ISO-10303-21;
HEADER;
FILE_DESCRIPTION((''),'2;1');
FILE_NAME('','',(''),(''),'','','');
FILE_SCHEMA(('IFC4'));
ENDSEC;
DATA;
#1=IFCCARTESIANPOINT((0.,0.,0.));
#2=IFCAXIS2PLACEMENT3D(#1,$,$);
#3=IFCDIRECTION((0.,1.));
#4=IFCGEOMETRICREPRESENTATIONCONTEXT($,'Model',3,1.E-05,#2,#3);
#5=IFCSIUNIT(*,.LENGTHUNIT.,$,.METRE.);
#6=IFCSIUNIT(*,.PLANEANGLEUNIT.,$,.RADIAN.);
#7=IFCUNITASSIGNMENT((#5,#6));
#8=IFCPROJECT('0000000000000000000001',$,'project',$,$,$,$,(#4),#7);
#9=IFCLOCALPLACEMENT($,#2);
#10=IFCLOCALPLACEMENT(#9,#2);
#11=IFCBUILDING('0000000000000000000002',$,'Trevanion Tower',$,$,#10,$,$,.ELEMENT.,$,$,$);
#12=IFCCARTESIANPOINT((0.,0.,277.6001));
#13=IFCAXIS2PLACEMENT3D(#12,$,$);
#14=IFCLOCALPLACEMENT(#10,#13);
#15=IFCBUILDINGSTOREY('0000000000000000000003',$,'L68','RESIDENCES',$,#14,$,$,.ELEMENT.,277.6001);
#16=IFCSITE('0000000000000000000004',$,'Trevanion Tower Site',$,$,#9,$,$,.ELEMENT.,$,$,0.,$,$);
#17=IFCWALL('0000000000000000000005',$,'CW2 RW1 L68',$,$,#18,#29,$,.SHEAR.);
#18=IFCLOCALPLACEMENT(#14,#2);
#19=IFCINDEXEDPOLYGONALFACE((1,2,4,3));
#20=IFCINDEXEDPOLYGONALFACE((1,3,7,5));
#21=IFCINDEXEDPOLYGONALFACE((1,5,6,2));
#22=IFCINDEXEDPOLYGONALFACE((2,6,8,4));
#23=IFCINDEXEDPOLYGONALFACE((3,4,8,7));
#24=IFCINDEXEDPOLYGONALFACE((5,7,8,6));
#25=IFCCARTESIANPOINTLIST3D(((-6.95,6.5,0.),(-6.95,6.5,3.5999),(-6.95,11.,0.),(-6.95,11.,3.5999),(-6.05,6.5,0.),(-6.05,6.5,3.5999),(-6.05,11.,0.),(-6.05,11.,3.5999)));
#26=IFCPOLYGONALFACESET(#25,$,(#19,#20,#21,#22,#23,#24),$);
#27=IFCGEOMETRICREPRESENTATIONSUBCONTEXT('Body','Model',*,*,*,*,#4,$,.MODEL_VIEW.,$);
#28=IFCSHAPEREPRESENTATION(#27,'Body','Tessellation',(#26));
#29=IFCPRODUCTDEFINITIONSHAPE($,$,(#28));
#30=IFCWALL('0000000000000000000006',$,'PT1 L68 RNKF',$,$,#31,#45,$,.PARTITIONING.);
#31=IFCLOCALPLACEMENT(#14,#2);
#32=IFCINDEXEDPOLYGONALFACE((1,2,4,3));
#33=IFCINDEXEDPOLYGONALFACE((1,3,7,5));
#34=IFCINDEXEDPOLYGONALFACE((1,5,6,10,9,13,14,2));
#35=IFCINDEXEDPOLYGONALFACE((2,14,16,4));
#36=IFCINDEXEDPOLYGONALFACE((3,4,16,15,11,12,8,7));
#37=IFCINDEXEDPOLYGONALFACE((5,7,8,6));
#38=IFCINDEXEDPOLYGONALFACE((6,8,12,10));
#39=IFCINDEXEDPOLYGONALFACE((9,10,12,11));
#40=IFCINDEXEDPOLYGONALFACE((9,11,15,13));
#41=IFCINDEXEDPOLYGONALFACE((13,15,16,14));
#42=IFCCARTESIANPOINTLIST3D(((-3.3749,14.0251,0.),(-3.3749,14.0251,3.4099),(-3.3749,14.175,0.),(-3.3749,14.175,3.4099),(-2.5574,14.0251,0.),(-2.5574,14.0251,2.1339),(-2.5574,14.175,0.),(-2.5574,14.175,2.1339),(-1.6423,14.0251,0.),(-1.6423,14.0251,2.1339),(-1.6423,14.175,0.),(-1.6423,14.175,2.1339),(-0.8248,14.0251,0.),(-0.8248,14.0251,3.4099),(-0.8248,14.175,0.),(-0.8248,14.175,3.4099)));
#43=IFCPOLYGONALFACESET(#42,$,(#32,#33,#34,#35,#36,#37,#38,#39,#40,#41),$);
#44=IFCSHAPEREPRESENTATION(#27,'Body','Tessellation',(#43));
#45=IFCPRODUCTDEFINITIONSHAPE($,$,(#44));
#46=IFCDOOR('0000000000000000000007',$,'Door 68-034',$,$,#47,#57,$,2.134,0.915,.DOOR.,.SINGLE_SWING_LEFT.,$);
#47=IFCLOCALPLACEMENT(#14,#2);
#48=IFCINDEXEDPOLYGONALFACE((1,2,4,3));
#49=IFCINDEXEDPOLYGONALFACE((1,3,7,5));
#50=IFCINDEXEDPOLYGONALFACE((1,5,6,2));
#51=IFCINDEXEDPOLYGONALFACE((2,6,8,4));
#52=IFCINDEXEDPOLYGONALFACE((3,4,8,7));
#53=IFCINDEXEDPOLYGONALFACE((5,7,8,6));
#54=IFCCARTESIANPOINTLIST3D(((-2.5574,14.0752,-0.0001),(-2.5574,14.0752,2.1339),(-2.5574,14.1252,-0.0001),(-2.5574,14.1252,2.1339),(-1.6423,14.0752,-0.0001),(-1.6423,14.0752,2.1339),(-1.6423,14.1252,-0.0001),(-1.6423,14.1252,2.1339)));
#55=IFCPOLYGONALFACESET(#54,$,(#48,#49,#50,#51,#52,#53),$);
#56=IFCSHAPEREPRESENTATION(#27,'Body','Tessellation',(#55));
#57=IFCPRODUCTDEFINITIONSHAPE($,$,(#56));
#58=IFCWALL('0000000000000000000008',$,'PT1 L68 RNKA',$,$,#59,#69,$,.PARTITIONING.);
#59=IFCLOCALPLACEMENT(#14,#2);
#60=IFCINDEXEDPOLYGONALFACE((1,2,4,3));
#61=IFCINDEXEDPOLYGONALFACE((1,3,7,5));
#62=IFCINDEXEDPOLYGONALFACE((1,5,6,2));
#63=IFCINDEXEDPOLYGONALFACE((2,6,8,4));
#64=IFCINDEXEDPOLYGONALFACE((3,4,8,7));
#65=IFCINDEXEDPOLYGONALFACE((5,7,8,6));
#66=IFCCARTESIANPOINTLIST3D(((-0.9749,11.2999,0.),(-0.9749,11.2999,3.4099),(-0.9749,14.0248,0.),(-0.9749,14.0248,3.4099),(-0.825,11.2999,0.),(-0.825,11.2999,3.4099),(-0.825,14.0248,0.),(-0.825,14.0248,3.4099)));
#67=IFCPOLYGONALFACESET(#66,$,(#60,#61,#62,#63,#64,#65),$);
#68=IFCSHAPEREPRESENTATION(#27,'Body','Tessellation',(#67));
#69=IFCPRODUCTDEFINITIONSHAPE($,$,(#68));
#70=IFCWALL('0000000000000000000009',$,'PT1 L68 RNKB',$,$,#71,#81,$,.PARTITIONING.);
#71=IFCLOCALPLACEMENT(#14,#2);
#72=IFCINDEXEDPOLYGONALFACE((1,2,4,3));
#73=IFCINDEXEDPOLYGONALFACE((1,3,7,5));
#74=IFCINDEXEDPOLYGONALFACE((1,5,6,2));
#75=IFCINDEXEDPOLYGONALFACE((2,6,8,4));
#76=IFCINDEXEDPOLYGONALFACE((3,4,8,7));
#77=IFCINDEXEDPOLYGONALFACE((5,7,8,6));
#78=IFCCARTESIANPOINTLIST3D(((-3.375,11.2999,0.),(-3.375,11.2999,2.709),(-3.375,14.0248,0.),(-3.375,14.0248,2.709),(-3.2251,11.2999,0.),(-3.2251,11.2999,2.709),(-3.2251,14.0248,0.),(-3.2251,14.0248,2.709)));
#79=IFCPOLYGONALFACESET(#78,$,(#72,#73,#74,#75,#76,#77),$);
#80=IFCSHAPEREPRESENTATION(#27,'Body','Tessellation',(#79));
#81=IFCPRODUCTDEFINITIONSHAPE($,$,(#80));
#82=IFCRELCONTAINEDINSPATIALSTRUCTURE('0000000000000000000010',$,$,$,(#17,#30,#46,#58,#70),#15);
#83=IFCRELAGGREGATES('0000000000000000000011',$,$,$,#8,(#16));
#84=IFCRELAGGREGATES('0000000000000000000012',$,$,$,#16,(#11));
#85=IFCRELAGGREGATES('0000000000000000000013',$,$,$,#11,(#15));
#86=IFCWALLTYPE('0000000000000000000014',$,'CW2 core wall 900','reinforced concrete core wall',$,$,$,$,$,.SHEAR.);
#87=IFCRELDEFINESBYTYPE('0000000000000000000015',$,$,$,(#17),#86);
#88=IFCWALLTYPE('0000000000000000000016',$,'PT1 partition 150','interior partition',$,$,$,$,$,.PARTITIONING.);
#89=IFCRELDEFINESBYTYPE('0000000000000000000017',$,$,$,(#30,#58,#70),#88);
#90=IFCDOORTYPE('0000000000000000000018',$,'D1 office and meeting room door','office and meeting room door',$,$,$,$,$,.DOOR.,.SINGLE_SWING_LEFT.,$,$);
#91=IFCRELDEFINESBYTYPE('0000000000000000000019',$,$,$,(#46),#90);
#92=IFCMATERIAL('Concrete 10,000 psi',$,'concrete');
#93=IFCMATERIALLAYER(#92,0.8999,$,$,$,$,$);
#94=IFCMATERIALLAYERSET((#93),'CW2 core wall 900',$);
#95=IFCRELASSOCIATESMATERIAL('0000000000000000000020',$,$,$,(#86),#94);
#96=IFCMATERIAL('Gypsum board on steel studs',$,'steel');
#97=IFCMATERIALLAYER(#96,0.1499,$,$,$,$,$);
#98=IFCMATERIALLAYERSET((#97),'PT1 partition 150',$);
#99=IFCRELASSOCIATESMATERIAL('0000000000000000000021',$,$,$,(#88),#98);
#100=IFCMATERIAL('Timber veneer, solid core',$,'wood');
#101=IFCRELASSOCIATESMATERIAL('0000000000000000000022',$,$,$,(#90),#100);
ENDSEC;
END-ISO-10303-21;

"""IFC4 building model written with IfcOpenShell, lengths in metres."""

from ifc_helpers import new_model, si_unit, direction, frame, frame_2d, origin, place, context, subcontext, project, spatial, rectangle, extrude, material, layer, layer_set, type_object, element, fill, save


model = new_model("IFC4")

# Units and contexts
model_context = context("Model", 3, precision=1e-05, world=origin(), true_north=direction((0.0, 1.0)))
body_context = subcontext(model_context, "Body", "Model", "MODEL_VIEW")
ifc_project = project(units=[si_unit("LENGTHUNIT", "METRE"), si_unit("PLANEANGLEUNIT", "RADIAN")], contexts=[model_context])

# Site, building, storey
site_placement = place(None, origin())
site = spatial("IfcSite", under=ifc_project, at=site_placement, Name="Trevanion Tower Site", CompositionType="ELEMENT", RefElevation=0.0)
building_placement = place(site_placement, origin())
building = spatial("IfcBuilding", under=site, at=building_placement, Name="Trevanion Tower", CompositionType="ELEMENT")
storey_placement = place(building_placement, frame((0.0, 0.0, 277.6001)))
storey = spatial("IfcBuildingStorey", under=building, at=storey_placement, Name="L68", Description="RESIDENCES", CompositionType="ELEMENT", Elevation=277.6001)

# Wall
ifc_material_1 = material(Name="Concrete 10,000 psi", Category="concrete")
ifc_layer_1 = layer(ifc_material_1, 0.8999)
ifc_layer_set_1 = layer_set([ifc_layer_1], Name="CW2 core wall 900")
wall_type_1 = type_object("IfcWallType", Name="CW2 core wall 900", Description="reinforced concrete core wall", PredefinedType="SHEAR", material=ifc_layer_set_1)
wall_1_placement = place(storey_placement, frame((-6.5, 11.0, 0.0), z_axis=(0.0, 0.0, 1.0), x_axis=(0.0, -1.0, 0.0)))
element("IfcWall", 1, at=wall_1_placement, inside=storey, type_object=wall_type_1, Name="CW2 RW1 L68", PredefinedType="SHEAR", context=body_context, shape_type="SweptSolid", body=[
    extrude(rectangle(XDim=4.5, YDim=0.8999, at=frame_2d((2.25, 0.0))), origin(), (0.0, 0.0, 1.0), 3.5999),
])

# Wall, opening, door
ifc_material_2 = material(Name="Gypsum board on steel studs", Category="steel")
ifc_layer_2 = layer(ifc_material_2, 0.1499)
ifc_layer_set_2 = layer_set([ifc_layer_2], Name="PT1 partition 150")
wall_type_2 = type_object("IfcWallType", Name="PT1 partition 150", Description="interior partition", PredefinedType="PARTITIONING", material=ifc_layer_set_2)
wall_2_placement = place(storey_placement, frame((-0.825, 14.1001, 0.0), z_axis=(0.0, 0.0, 1.0), x_axis=(-1.0, 0.0, 0.0)))
wall_2 = element("IfcWall", 2, at=wall_2_placement, inside=storey, type_object=wall_type_2, Name="PT1 L68 RNKF", PredefinedType="PARTITIONING", context=body_context, shape_type="SweptSolid", body=[
    extrude(rectangle(XDim=2.55, YDim=0.1499, at=frame_2d((1.2749, 0.0))), origin(), (0.0, 0.0, 1.0), 3.4099),
])
opening_placement = place(wall_2_placement, frame((0.8174, 0.0, 0.0)))
opening = element("IfcOpeningElement", 3, at=opening_placement, cuts=wall_2, PredefinedType="OPENING", context=body_context, shape_type="SweptSolid", body=[
    extrude(rectangle(XDim=0.915, YDim=2.134, at=frame_2d((0.4575, 1.0669))), frame((0.0, 0.085, 0.0), z_axis=(0.0, -1.0, 0.0), x_axis=(1.0, 0.0, 0.0)), (0.0, 0.0, 1.0), 0.1699),
])
ifc_material_3 = material(Name="Timber veneer, solid core", Category="wood")
door_type = type_object("IfcDoorType", Name="D1 office and meeting room door", Description="office and meeting room door", OperationType="SINGLE_SWING_LEFT", PredefinedType="DOOR", material=ifc_material_3)
door_placement = place(opening_placement, origin())
door = element("IfcDoor", 4, at=door_placement, inside=storey, type_object=door_type, Name="Door 68-034", OperationType="SINGLE_SWING_LEFT", OverallHeight=2.134, OverallWidth=0.915, PredefinedType="DOOR", context=body_context, shape_type="SweptSolid", body=[
    extrude(rectangle(XDim=0.915, YDim=2.134, at=frame_2d((0.4575, 1.0669))), frame((0.0, 0.0249, 0.0), z_axis=(0.0, -1.0, 0.0), x_axis=(1.0, 0.0, 0.0)), (0.0, 0.0, 1.0), 0.05),
])
fill(opening, door)

# Walls
wall_3_placement = place(storey_placement, frame((-0.8999, 11.3, 0.0), z_axis=(0.0, 0.0, 1.0), x_axis=(0.0, 1.0, 0.0)))
element("IfcWall", 5, at=wall_3_placement, inside=storey, type_object=wall_type_2, Name="PT1 L68 RNKA", PredefinedType="PARTITIONING", context=body_context, shape_type="SweptSolid", body=[
    extrude(rectangle(XDim=2.7249, YDim=0.1499, at=frame_2d((1.3623, 0.0))), origin(), (0.0, 0.0, 1.0), 3.4099),
])
wall_4_placement = place(storey_placement, frame((-3.3, 11.3, 0.0), z_axis=(0.0, 0.0, 1.0), x_axis=(0.0, 1.0, 0.0)))
element("IfcWall", 6, at=wall_4_placement, inside=storey, type_object=wall_type_2, Name="PT1 L68 RNKB", PredefinedType="PARTITIONING", context=body_context, shape_type="SweptSolid", body=[
    extrude(rectangle(XDim=2.7249, YDim=0.1499, at=frame_2d((1.3623, 0.0))), origin(), (0.0, 0.0, 1.0), 2.709),
])

save(model, "model.ifc")
